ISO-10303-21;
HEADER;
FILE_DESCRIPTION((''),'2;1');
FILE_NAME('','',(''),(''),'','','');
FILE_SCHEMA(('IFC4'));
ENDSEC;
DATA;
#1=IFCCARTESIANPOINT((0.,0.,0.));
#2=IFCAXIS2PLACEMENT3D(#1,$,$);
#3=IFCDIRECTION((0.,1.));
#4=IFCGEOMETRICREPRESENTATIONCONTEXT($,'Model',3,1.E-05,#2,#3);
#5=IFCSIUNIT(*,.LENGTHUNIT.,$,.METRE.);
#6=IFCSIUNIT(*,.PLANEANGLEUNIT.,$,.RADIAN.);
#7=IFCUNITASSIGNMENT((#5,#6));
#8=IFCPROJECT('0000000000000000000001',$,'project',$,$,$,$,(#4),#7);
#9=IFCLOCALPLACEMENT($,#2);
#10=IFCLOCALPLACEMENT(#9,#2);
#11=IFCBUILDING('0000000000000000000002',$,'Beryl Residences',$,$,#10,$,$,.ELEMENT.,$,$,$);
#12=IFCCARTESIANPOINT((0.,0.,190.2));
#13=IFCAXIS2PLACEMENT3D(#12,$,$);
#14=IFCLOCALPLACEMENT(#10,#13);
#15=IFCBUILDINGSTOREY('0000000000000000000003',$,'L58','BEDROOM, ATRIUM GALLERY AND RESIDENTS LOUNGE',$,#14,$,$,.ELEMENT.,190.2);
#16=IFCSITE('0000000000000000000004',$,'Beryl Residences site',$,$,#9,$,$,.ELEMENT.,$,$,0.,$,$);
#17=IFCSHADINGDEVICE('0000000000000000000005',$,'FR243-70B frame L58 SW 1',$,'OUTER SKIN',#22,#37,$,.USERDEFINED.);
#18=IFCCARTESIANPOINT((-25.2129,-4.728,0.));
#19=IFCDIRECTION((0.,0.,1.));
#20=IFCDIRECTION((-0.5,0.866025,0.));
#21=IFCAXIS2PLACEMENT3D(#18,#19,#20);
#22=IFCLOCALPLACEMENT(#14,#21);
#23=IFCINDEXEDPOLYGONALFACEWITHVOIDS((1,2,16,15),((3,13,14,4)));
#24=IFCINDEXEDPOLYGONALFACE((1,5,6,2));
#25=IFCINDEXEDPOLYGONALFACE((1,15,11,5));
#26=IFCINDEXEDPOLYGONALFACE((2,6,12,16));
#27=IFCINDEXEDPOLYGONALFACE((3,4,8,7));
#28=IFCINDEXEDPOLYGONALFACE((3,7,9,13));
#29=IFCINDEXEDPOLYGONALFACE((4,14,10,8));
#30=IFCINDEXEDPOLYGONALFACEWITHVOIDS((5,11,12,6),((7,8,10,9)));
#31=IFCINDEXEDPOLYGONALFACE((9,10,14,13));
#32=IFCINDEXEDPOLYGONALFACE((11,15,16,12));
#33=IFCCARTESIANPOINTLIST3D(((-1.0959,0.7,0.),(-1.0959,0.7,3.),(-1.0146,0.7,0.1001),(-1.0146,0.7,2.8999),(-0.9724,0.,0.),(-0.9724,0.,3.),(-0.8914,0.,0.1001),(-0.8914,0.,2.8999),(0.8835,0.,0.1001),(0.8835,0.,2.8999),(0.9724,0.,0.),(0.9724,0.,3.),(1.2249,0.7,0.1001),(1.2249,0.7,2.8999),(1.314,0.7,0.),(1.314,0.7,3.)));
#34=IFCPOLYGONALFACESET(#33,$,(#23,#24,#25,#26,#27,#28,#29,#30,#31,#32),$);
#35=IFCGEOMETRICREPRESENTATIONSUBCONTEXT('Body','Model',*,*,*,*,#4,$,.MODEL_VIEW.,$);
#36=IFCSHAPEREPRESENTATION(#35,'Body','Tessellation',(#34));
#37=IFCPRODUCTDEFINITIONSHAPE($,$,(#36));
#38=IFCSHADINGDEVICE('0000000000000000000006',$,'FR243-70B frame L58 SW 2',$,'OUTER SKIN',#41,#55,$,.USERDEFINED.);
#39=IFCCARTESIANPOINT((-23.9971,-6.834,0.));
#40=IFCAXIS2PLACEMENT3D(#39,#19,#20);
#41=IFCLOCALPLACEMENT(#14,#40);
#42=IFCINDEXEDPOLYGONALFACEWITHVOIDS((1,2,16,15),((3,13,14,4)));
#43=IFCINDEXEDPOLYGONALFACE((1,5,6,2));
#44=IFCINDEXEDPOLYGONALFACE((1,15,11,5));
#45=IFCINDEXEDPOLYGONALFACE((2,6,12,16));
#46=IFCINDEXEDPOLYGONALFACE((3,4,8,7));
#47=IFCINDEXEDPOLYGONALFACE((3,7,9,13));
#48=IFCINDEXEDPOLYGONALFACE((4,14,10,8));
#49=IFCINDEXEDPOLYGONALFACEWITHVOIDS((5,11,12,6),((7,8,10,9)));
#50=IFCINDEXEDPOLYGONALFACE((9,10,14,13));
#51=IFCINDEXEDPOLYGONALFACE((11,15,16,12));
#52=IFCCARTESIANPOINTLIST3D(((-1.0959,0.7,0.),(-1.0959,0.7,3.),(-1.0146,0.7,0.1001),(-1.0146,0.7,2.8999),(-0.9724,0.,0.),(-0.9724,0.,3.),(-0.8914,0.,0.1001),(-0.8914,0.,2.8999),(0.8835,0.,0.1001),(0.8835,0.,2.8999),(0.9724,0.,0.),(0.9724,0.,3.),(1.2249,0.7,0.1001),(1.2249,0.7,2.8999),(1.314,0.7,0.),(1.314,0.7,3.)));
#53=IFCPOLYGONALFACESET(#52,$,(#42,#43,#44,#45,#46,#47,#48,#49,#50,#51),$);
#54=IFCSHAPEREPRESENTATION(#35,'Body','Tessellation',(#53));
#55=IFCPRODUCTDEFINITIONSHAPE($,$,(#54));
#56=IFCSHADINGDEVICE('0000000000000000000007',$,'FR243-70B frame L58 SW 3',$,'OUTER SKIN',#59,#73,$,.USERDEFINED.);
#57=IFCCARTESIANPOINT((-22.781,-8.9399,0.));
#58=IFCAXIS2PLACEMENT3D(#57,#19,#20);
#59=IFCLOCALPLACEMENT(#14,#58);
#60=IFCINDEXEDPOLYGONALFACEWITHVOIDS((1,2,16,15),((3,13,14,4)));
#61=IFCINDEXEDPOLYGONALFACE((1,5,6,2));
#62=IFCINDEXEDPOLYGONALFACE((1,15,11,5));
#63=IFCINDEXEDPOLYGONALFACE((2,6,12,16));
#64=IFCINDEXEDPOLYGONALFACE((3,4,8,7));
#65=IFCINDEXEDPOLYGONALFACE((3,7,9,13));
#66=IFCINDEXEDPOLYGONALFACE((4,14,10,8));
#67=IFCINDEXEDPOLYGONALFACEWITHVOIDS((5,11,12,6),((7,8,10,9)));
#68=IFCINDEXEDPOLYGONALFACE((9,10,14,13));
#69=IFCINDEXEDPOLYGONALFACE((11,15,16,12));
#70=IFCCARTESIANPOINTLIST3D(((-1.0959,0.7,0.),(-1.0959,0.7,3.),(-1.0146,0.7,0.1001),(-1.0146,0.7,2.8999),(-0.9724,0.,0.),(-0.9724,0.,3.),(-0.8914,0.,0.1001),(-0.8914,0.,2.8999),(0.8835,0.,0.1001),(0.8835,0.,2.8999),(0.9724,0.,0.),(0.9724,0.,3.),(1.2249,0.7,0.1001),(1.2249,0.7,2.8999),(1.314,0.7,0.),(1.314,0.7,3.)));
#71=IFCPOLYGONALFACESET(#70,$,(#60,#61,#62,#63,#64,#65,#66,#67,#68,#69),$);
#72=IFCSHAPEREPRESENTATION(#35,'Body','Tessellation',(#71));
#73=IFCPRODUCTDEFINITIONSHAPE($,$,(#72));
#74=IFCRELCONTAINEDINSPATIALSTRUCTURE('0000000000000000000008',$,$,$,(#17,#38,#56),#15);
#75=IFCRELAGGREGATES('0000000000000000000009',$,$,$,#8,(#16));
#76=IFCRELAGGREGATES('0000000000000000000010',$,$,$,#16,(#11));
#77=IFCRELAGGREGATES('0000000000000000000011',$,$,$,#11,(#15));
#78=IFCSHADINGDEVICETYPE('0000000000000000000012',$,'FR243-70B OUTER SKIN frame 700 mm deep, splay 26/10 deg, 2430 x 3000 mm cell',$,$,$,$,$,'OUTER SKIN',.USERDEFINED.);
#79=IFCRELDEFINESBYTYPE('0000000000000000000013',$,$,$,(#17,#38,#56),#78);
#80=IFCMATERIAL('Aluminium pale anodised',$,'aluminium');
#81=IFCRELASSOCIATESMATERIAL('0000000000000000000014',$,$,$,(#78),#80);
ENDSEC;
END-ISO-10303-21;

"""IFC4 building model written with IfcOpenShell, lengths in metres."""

from ifc_helpers import new_model, entity, si_unit, direction, frame, origin, place, context, subcontext, project, spatial, source, transform, mapped, material, type_object, type_shapes, element, save


model = new_model("IFC4")

# Units and contexts
model_context = context("Model", 3, precision=1e-05, world=origin(), true_north=direction((0.0, 1.0)))
body_context = subcontext(model_context, "Body", "Model", "MODEL_VIEW")
ifc_project = project(units=[si_unit("LENGTHUNIT", "METRE"), si_unit("PLANEANGLEUNIT", "RADIAN")], contexts=[model_context])

# Site, building, storey
site_placement = place(None, origin())
site = spatial("IfcSite", under=ifc_project, at=site_placement, Name="Beryl Residences site", CompositionType="ELEMENT", RefElevation=0.0)
building_placement = place(site_placement, origin())
building = spatial("IfcBuilding", under=site, at=building_placement, Name="Beryl Residences", CompositionType="ELEMENT")
storey_placement = place(building_placement, frame((0.0, 0.0, 190.2)))
storey = spatial("IfcBuildingStorey", under=building, at=storey_placement, Name="L58", Description="BEDROOM, ATRIUM GALLERY AND RESIDENTS LOUNGE", CompositionType="ELEMENT", Elevation=190.2)

# Shading devices
ifc_material_1 = material(Name="Aluminium pale anodised", Category="aluminium")
shading_device_type = type_object("IfcShadingDeviceType", Name="FR243-70B OUTER SKIN frame 700 mm deep, splay 26/10 deg, 2430 x 3000 mm cell", ElementType="OUTER SKIN", PredefinedType="USERDEFINED", material=ifc_material_1)
cartesian_point_1 = entity("IfcCartesianPoint", [-0.9724, 0.0])
cartesian_point_2 = entity("IfcCartesianPoint", [-0.8835, 0.1001])
cartesian_point_3 = entity("IfcCartesianPoint", [-1.314, 0.0])
cartesian_point_4 = entity("IfcCartesianPoint", [-1.2249, 0.1001])
shared_shape_1 = source(origin(), body_context, "Body", "SweptSolid", [
    entity("IfcExtrudedAreaSolidTapered", entity("IfcArbitraryProfileDefWithVoids", "AREA", None, entity("IfcPolyline", [cartesian_point_1, entity("IfcCartesianPoint", [0.9724, 0.0]), entity("IfcCartesianPoint", [0.9724, 3.0]), entity("IfcCartesianPoint", [-0.9724, 3.0]), cartesian_point_1]), [entity("IfcPolyline", [cartesian_point_2, entity("IfcCartesianPoint", [0.8914, 0.1001]), entity("IfcCartesianPoint", [0.8914, 2.8999]), entity("IfcCartesianPoint", [-0.8835, 2.8999]), cartesian_point_2])]), entity("IfcAxis2Placement3D", entity("IfcCartesianPoint", [0.0, 0.0, 0.0]), entity("IfcDirection", [0.0, 1.0, 0.0]), entity("IfcDirection", [-1.0, 0.0, 0.0])), entity("IfcDirection", [0.0, 0.0, 1.0]), 0.7, entity("IfcArbitraryProfileDefWithVoids", "AREA", None, entity("IfcPolyline", [cartesian_point_3, entity("IfcCartesianPoint", [1.0959, 0.0]), entity("IfcCartesianPoint", [1.0959, 3.0]), entity("IfcCartesianPoint", [-1.314, 3.0]), cartesian_point_3]), [entity("IfcPolyline", [cartesian_point_4, entity("IfcCartesianPoint", [1.0146, 0.1001]), entity("IfcCartesianPoint", [1.0146, 2.8999]), entity("IfcCartesianPoint", [-1.2249, 2.8999]), cartesian_point_4])])),
])
type_shapes(shading_device_type, [shared_shape_1])
for number, where, z_axis, x_axis, name in (
    (1, (-25.2129, -4.728, 0.0), (0.0, 0.0, 1.0), (-0.5, 0.866025, 0.0), "FR243-70B frame L58 SW 1"),
    (2, (-23.9971, -6.834, 0.0), (0.0, 0.0, 1.0), (-0.5, 0.866025, 0.0), "FR243-70B frame L58 SW 2"),
    (3, (-22.781, -8.9399, 0.0), (0.0, 0.0, 1.0), (-0.5, 0.866025, 0.0), "FR243-70B frame L58 SW 3"),
):
    element("IfcShadingDevice", number, at=place(storey_placement, frame(where, z_axis=z_axis, x_axis=x_axis)), inside=storey, type_object=shading_device_type, Name=name, ObjectType="OUTER SKIN", PredefinedType="USERDEFINED", context=body_context, shape_type="MappedRepresentation", body=[
        mapped(shared_shape_1, transform((0.0, 0.0, 0.0))),
    ])

save(model, "model.ifc")
